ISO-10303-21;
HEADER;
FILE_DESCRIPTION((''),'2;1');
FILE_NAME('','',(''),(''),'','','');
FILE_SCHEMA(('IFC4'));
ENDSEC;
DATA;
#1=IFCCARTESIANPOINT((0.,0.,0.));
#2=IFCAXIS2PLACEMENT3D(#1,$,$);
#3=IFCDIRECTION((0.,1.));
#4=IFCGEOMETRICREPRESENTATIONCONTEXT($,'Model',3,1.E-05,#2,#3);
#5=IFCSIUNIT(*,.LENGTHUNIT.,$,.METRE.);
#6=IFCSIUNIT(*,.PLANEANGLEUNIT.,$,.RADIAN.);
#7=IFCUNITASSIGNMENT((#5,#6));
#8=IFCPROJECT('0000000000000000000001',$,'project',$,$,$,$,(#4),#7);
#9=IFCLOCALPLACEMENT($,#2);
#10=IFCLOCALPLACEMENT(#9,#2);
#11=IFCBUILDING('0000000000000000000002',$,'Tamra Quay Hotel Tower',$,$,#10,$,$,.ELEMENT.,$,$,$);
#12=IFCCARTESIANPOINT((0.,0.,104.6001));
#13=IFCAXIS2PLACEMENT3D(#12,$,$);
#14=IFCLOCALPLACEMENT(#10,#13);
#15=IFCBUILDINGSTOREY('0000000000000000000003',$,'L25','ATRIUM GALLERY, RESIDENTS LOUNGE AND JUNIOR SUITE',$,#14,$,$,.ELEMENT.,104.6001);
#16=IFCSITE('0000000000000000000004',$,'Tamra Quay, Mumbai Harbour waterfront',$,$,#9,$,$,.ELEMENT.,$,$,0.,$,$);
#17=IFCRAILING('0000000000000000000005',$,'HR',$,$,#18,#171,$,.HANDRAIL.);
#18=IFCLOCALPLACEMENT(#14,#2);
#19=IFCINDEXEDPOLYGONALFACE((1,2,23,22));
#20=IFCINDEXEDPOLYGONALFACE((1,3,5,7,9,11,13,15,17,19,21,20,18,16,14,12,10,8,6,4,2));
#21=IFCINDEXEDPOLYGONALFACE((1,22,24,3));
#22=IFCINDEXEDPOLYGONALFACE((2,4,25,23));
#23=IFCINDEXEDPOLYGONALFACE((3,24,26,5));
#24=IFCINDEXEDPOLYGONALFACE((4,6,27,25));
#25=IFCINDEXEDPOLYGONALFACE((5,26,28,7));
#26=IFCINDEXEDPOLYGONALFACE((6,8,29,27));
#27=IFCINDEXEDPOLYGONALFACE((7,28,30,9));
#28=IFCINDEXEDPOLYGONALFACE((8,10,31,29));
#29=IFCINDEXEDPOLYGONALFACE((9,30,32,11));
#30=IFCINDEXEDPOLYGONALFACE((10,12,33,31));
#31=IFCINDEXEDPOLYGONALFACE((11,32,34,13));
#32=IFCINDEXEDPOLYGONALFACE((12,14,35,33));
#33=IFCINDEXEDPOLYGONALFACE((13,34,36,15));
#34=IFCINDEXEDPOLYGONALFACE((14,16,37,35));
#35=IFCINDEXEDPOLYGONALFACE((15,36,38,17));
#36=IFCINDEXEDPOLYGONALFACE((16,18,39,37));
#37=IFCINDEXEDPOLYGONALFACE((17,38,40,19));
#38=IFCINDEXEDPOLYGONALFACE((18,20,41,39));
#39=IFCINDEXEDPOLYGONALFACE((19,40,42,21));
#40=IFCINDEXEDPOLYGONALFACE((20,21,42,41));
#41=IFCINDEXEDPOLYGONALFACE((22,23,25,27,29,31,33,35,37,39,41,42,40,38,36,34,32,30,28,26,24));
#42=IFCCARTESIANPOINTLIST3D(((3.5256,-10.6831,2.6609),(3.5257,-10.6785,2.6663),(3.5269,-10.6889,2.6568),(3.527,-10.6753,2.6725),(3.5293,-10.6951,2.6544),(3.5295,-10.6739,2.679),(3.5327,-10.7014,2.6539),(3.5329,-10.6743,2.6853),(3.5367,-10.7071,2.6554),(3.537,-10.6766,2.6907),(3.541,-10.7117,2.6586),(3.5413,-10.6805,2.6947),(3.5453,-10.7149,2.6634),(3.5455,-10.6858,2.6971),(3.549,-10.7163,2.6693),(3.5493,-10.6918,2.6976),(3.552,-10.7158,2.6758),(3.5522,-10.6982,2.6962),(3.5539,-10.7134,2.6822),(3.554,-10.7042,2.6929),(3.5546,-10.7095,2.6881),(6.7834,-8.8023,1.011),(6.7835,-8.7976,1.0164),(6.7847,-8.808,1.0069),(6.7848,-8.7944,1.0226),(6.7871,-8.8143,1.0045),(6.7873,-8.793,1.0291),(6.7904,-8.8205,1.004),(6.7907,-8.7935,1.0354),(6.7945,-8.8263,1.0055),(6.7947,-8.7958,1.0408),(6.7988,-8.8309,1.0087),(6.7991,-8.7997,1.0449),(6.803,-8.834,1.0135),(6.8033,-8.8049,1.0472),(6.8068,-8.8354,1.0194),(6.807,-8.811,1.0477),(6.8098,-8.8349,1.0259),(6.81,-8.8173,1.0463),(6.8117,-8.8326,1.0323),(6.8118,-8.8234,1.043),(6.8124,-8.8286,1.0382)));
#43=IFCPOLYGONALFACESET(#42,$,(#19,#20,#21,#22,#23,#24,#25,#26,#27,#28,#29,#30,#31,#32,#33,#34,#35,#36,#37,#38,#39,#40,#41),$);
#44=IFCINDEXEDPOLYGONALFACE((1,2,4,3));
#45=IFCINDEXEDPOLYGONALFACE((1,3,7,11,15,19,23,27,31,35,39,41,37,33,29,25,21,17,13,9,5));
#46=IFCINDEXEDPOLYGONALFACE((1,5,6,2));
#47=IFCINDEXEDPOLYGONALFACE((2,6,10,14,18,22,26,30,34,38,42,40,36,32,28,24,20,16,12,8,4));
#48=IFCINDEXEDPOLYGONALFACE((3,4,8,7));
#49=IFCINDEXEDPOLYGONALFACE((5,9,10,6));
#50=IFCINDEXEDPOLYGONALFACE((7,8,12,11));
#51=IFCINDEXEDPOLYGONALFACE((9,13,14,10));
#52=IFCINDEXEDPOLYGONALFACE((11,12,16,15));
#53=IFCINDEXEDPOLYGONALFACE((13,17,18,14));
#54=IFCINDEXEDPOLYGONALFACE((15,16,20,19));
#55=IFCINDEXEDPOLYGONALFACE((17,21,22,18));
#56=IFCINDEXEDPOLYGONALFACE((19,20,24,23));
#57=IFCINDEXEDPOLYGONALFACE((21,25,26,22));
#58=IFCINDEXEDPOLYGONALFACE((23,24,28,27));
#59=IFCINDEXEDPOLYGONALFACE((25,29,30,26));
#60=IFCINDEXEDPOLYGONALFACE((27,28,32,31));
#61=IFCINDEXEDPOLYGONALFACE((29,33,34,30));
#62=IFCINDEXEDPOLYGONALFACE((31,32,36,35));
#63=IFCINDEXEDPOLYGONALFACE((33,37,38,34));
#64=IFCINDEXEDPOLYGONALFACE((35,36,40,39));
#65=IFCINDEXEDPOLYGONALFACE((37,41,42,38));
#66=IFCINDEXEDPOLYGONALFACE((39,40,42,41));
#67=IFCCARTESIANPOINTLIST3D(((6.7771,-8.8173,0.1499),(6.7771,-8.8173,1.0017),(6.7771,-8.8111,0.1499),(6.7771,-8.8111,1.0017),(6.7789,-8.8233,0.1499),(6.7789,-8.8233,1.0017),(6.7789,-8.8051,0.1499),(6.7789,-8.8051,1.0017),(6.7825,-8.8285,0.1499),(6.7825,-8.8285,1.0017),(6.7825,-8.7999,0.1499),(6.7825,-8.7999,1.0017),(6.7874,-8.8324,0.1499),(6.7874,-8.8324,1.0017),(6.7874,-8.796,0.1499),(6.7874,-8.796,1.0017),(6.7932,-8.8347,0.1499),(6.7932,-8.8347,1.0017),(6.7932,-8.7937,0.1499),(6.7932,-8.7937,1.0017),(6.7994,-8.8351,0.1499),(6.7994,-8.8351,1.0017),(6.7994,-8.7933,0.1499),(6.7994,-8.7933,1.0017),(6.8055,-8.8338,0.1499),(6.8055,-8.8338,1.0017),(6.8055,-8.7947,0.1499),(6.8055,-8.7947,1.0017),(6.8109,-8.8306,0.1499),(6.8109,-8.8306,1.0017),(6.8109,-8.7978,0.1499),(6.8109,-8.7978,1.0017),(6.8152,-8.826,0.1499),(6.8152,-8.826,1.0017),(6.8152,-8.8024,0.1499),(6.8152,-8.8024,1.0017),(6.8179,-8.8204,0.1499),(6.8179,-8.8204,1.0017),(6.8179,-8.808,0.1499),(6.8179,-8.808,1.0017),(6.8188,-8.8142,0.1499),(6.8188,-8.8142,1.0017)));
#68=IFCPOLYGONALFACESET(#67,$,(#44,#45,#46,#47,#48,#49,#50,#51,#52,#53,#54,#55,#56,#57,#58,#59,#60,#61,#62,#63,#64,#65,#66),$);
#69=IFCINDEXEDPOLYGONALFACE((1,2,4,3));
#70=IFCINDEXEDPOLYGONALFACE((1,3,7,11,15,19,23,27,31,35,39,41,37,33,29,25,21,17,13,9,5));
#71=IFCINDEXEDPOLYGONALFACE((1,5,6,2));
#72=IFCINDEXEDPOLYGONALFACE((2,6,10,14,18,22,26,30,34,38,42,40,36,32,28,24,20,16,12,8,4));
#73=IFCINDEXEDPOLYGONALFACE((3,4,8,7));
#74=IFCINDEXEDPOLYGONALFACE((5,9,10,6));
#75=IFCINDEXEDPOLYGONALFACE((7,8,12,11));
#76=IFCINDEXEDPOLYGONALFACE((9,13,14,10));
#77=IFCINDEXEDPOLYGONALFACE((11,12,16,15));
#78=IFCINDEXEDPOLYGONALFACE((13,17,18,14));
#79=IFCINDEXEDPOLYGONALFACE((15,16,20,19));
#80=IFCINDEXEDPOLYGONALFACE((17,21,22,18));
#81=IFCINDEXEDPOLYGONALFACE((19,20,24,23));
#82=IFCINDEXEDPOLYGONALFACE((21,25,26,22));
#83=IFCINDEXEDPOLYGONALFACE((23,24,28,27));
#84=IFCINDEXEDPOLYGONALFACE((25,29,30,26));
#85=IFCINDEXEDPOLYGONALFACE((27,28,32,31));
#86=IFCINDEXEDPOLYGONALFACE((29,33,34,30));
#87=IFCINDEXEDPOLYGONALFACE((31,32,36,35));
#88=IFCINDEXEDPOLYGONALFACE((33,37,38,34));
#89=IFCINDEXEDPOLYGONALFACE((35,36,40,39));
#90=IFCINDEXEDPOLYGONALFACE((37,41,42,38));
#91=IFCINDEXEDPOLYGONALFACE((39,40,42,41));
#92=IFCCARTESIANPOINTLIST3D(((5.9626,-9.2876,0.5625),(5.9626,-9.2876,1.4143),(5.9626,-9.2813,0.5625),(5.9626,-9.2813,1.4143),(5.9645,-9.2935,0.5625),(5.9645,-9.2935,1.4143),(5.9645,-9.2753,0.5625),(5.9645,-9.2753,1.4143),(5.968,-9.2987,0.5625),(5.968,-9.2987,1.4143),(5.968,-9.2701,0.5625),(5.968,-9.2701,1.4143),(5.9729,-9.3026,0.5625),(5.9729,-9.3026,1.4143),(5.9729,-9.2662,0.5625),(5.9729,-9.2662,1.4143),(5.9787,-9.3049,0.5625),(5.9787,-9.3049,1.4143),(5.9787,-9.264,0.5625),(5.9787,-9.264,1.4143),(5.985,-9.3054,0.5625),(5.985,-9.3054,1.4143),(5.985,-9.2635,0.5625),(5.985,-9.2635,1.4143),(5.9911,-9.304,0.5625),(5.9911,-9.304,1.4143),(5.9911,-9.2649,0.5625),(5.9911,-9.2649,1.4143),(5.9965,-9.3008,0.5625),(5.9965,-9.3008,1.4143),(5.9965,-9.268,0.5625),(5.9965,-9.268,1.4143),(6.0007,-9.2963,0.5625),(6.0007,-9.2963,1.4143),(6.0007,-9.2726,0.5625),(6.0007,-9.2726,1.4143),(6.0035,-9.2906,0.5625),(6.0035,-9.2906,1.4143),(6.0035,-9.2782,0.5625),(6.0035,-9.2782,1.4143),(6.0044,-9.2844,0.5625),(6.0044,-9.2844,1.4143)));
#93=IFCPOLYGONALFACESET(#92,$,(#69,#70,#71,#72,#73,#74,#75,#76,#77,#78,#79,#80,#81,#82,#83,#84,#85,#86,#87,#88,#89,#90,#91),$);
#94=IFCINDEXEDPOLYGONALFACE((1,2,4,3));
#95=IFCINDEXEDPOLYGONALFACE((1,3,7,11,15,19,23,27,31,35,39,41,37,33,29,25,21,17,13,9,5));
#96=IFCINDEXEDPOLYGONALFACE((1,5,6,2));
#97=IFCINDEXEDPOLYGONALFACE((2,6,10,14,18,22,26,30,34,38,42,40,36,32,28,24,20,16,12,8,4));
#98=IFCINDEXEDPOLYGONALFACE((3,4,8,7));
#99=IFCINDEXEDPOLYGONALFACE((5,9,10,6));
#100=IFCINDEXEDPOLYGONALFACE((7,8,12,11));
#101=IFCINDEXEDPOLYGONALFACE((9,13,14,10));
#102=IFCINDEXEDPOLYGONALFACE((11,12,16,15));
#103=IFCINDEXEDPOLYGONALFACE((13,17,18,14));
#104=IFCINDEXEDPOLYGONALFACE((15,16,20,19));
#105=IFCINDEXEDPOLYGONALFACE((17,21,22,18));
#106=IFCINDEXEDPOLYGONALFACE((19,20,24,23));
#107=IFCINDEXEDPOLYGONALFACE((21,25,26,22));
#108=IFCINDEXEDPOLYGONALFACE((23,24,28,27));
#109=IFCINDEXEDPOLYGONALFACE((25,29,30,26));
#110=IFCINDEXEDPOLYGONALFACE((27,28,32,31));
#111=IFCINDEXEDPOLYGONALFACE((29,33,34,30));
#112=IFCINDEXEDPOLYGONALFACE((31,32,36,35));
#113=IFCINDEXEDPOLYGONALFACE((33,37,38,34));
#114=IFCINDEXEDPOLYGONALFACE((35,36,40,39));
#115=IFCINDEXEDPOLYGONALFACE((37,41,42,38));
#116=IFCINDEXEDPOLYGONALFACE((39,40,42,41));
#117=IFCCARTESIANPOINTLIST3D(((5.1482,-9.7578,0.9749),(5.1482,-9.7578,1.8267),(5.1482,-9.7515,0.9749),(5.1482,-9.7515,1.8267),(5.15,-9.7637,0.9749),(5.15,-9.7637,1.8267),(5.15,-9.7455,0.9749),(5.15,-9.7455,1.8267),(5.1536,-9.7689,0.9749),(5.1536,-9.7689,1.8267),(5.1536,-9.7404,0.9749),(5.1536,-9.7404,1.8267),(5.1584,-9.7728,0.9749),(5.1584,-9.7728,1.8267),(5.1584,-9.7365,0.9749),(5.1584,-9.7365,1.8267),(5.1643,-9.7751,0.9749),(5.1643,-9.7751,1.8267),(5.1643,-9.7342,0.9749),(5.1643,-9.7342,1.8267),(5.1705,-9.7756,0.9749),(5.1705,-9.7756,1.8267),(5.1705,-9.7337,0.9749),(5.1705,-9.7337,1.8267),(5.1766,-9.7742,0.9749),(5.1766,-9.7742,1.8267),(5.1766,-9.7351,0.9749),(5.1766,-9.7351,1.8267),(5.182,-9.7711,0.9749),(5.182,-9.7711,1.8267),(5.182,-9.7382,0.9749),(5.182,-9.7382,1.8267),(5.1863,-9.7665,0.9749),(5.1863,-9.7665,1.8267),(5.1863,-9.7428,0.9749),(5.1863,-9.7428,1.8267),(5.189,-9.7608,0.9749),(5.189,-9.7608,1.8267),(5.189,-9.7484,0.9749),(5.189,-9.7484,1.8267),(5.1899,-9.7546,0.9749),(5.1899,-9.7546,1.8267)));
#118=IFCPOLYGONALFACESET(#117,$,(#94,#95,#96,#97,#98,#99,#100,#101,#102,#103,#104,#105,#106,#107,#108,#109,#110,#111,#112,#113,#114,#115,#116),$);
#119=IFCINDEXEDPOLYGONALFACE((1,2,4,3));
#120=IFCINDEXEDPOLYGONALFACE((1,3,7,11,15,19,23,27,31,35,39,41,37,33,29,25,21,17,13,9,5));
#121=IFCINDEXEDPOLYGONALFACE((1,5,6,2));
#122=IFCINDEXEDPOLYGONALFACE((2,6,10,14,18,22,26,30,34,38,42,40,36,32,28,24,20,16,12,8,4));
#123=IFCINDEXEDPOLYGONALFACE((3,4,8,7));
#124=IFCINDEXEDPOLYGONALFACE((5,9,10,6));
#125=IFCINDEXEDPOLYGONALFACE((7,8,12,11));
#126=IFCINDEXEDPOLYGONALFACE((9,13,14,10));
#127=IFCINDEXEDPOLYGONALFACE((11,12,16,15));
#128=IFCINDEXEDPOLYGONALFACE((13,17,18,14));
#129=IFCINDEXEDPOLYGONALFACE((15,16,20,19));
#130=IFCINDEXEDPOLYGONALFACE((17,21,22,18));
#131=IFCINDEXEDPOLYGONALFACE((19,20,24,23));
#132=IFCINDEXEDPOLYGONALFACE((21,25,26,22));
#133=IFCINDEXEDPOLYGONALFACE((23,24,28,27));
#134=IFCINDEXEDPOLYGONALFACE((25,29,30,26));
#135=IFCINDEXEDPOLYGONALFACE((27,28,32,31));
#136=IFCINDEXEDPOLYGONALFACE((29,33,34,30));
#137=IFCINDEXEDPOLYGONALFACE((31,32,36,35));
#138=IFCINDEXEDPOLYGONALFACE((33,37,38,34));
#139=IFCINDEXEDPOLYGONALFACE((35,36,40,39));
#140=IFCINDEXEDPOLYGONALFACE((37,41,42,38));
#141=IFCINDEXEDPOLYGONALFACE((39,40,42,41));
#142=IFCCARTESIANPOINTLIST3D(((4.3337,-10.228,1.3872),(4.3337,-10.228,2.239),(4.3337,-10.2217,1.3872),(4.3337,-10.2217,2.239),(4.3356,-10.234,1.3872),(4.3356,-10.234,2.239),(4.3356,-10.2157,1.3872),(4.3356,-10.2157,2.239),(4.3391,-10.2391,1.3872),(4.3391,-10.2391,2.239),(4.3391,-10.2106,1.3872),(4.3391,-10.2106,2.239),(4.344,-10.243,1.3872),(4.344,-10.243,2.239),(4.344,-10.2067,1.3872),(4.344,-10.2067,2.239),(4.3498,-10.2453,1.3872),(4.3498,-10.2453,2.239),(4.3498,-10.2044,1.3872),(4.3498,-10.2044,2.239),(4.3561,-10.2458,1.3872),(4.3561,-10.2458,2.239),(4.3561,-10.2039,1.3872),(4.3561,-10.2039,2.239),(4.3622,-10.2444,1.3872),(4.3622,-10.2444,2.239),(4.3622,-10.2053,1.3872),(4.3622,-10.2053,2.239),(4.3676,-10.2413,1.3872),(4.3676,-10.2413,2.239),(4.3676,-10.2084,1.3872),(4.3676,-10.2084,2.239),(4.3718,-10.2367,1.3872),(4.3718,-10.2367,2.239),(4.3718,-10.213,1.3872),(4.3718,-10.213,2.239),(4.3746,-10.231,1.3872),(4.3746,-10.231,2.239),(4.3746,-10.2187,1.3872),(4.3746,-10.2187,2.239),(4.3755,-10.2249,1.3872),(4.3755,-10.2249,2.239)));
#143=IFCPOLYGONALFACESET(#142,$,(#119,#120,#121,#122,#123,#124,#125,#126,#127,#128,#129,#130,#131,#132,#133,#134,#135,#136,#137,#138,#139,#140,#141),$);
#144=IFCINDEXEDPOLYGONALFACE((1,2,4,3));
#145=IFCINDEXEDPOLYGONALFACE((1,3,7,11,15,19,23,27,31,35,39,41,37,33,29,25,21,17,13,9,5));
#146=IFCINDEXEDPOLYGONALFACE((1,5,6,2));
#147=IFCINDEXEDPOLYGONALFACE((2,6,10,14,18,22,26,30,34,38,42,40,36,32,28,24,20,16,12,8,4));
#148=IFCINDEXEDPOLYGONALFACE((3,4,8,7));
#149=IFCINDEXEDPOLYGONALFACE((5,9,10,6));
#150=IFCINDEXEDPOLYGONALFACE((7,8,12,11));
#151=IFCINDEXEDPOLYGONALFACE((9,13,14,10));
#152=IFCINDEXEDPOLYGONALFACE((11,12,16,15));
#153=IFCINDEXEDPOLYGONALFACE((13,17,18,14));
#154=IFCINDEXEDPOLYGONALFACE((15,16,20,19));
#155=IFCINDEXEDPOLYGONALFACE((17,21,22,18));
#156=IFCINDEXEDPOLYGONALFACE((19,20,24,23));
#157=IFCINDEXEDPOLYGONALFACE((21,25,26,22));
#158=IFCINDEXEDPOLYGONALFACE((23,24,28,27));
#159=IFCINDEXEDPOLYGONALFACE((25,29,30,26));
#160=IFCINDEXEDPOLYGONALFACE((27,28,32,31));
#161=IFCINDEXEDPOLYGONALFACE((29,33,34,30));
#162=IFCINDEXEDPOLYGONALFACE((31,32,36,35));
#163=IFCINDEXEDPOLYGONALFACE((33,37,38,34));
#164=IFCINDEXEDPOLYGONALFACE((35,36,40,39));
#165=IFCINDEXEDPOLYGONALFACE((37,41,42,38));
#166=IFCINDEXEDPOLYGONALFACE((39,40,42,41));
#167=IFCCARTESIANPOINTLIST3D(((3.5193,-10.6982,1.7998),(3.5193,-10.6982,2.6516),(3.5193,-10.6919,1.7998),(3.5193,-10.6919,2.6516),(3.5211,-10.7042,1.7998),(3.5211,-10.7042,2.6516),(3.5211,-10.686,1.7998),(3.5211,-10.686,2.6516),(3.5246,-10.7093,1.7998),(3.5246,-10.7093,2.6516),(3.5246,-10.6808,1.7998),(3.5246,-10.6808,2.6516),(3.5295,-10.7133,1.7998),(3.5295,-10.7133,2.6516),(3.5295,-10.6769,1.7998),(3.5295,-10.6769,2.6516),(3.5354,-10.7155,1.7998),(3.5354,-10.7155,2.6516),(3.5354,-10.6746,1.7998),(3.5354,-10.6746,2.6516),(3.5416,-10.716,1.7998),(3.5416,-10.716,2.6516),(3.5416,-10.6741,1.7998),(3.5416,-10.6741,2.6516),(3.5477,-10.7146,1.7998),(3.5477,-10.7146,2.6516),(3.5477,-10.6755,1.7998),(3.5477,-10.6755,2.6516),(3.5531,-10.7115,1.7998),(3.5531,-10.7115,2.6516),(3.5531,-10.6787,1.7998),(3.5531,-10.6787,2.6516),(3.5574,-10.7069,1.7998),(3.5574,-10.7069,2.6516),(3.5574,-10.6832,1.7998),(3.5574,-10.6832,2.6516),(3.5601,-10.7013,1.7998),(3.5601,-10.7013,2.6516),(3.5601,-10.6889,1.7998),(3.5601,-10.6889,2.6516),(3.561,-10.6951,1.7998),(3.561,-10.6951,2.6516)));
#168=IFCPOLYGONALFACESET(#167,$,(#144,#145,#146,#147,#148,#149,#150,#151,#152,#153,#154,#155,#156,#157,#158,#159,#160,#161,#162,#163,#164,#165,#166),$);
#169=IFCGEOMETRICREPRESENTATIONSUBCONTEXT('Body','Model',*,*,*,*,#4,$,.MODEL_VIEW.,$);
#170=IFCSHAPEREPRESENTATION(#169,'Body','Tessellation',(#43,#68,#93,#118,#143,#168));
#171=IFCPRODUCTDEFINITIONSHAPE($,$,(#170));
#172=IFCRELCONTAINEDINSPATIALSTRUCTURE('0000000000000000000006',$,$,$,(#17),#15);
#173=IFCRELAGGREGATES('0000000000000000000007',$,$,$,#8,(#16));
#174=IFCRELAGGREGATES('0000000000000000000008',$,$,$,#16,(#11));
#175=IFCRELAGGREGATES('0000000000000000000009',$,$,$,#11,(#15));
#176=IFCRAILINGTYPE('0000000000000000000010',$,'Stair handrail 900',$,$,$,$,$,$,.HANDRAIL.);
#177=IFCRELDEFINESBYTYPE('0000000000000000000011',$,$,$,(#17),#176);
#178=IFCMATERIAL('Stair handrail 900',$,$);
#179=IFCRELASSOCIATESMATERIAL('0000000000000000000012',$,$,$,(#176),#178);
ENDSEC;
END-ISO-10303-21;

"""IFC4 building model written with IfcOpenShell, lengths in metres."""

from ifc_helpers import new_model, si_unit, direction, frame, origin, origin_2d, place, context, subcontext, project, spatial, circle, extrude, material, type_object, element, save


model = new_model("IFC4")

# Units and contexts
model_context = context("Model", 3, precision=1e-05, world=origin(), true_north=direction((0.0, 1.0)))
body_context = subcontext(model_context, "Body", "Model", "MODEL_VIEW")
ifc_project = project(units=[si_unit("LENGTHUNIT", "METRE"), si_unit("PLANEANGLEUNIT", "RADIAN")], contexts=[model_context])

# Site, building, storey
site_placement = place(None, origin())
site = spatial("IfcSite", under=ifc_project, at=site_placement, Name="Tamra Quay, Mumbai Harbour waterfront", CompositionType="ELEMENT", RefElevation=0.0)
building_placement = place(site_placement, origin())
building = spatial("IfcBuilding", under=site, at=building_placement, Name="Tamra Quay Hotel Tower", CompositionType="ELEMENT")
storey_placement = place(building_placement, frame((0.0, 0.0, 104.6001)))
storey = spatial("IfcBuildingStorey", under=building, at=storey_placement, Name="L25", Description="ATRIUM GALLERY, RESIDENTS LOUNGE AND JUNIOR SUITE", CompositionType="ELEMENT", Elevation=104.6001)

# Railing
ifc_material_1 = material(Name="Stair handrail 900")
railing_type_1 = type_object("IfcRailingType", Name="Stair handrail 900", PredefinedType="HANDRAIL", material=ifc_material_1)
railing_1_placement = place(storey_placement, frame((6.7979, -8.8142, 0.1499)))
element("IfcRailing", 1, at=railing_1_placement, inside=storey, type_object=railing_type_1, Name="HR", PredefinedType="HANDRAIL", context=body_context, shape_type="SweptSolid", body=[
    extrude(circle(Radius=0.0239, at=origin_2d()), frame((0.0, 0.0, 0.876), z_axis=(-0.7931, -0.457887, 0.401661), x_axis=(0.499992, -0.86603, 0.0)), (0.0, 0.0, 1.0), 4.1077),
    extrude(circle(Radius=0.021, at=origin_2d()), origin(), (0.0, 0.0, 1.0), 0.8518),
    extrude(circle(Radius=0.021, at=origin_2d()), frame((-0.8145, -0.4702, 0.4126)), (0.0, 0.0, 1.0), 0.8518),
    extrude(circle(Radius=0.021, at=origin_2d()), frame((-1.6289, -0.9404, 0.825)), (0.0, 0.0, 1.0), 0.8518),
    extrude(circle(Radius=0.021, at=origin_2d()), frame((-2.4434, -1.4106, 1.2373)), (0.0, 0.0, 1.0), 0.8518),
    extrude(circle(Radius=0.021, at=origin_2d()), frame((-3.2578, -1.8809, 1.6499)), (0.0, 0.0, 1.0), 0.8518),
])

save(model, "model.ifc")
